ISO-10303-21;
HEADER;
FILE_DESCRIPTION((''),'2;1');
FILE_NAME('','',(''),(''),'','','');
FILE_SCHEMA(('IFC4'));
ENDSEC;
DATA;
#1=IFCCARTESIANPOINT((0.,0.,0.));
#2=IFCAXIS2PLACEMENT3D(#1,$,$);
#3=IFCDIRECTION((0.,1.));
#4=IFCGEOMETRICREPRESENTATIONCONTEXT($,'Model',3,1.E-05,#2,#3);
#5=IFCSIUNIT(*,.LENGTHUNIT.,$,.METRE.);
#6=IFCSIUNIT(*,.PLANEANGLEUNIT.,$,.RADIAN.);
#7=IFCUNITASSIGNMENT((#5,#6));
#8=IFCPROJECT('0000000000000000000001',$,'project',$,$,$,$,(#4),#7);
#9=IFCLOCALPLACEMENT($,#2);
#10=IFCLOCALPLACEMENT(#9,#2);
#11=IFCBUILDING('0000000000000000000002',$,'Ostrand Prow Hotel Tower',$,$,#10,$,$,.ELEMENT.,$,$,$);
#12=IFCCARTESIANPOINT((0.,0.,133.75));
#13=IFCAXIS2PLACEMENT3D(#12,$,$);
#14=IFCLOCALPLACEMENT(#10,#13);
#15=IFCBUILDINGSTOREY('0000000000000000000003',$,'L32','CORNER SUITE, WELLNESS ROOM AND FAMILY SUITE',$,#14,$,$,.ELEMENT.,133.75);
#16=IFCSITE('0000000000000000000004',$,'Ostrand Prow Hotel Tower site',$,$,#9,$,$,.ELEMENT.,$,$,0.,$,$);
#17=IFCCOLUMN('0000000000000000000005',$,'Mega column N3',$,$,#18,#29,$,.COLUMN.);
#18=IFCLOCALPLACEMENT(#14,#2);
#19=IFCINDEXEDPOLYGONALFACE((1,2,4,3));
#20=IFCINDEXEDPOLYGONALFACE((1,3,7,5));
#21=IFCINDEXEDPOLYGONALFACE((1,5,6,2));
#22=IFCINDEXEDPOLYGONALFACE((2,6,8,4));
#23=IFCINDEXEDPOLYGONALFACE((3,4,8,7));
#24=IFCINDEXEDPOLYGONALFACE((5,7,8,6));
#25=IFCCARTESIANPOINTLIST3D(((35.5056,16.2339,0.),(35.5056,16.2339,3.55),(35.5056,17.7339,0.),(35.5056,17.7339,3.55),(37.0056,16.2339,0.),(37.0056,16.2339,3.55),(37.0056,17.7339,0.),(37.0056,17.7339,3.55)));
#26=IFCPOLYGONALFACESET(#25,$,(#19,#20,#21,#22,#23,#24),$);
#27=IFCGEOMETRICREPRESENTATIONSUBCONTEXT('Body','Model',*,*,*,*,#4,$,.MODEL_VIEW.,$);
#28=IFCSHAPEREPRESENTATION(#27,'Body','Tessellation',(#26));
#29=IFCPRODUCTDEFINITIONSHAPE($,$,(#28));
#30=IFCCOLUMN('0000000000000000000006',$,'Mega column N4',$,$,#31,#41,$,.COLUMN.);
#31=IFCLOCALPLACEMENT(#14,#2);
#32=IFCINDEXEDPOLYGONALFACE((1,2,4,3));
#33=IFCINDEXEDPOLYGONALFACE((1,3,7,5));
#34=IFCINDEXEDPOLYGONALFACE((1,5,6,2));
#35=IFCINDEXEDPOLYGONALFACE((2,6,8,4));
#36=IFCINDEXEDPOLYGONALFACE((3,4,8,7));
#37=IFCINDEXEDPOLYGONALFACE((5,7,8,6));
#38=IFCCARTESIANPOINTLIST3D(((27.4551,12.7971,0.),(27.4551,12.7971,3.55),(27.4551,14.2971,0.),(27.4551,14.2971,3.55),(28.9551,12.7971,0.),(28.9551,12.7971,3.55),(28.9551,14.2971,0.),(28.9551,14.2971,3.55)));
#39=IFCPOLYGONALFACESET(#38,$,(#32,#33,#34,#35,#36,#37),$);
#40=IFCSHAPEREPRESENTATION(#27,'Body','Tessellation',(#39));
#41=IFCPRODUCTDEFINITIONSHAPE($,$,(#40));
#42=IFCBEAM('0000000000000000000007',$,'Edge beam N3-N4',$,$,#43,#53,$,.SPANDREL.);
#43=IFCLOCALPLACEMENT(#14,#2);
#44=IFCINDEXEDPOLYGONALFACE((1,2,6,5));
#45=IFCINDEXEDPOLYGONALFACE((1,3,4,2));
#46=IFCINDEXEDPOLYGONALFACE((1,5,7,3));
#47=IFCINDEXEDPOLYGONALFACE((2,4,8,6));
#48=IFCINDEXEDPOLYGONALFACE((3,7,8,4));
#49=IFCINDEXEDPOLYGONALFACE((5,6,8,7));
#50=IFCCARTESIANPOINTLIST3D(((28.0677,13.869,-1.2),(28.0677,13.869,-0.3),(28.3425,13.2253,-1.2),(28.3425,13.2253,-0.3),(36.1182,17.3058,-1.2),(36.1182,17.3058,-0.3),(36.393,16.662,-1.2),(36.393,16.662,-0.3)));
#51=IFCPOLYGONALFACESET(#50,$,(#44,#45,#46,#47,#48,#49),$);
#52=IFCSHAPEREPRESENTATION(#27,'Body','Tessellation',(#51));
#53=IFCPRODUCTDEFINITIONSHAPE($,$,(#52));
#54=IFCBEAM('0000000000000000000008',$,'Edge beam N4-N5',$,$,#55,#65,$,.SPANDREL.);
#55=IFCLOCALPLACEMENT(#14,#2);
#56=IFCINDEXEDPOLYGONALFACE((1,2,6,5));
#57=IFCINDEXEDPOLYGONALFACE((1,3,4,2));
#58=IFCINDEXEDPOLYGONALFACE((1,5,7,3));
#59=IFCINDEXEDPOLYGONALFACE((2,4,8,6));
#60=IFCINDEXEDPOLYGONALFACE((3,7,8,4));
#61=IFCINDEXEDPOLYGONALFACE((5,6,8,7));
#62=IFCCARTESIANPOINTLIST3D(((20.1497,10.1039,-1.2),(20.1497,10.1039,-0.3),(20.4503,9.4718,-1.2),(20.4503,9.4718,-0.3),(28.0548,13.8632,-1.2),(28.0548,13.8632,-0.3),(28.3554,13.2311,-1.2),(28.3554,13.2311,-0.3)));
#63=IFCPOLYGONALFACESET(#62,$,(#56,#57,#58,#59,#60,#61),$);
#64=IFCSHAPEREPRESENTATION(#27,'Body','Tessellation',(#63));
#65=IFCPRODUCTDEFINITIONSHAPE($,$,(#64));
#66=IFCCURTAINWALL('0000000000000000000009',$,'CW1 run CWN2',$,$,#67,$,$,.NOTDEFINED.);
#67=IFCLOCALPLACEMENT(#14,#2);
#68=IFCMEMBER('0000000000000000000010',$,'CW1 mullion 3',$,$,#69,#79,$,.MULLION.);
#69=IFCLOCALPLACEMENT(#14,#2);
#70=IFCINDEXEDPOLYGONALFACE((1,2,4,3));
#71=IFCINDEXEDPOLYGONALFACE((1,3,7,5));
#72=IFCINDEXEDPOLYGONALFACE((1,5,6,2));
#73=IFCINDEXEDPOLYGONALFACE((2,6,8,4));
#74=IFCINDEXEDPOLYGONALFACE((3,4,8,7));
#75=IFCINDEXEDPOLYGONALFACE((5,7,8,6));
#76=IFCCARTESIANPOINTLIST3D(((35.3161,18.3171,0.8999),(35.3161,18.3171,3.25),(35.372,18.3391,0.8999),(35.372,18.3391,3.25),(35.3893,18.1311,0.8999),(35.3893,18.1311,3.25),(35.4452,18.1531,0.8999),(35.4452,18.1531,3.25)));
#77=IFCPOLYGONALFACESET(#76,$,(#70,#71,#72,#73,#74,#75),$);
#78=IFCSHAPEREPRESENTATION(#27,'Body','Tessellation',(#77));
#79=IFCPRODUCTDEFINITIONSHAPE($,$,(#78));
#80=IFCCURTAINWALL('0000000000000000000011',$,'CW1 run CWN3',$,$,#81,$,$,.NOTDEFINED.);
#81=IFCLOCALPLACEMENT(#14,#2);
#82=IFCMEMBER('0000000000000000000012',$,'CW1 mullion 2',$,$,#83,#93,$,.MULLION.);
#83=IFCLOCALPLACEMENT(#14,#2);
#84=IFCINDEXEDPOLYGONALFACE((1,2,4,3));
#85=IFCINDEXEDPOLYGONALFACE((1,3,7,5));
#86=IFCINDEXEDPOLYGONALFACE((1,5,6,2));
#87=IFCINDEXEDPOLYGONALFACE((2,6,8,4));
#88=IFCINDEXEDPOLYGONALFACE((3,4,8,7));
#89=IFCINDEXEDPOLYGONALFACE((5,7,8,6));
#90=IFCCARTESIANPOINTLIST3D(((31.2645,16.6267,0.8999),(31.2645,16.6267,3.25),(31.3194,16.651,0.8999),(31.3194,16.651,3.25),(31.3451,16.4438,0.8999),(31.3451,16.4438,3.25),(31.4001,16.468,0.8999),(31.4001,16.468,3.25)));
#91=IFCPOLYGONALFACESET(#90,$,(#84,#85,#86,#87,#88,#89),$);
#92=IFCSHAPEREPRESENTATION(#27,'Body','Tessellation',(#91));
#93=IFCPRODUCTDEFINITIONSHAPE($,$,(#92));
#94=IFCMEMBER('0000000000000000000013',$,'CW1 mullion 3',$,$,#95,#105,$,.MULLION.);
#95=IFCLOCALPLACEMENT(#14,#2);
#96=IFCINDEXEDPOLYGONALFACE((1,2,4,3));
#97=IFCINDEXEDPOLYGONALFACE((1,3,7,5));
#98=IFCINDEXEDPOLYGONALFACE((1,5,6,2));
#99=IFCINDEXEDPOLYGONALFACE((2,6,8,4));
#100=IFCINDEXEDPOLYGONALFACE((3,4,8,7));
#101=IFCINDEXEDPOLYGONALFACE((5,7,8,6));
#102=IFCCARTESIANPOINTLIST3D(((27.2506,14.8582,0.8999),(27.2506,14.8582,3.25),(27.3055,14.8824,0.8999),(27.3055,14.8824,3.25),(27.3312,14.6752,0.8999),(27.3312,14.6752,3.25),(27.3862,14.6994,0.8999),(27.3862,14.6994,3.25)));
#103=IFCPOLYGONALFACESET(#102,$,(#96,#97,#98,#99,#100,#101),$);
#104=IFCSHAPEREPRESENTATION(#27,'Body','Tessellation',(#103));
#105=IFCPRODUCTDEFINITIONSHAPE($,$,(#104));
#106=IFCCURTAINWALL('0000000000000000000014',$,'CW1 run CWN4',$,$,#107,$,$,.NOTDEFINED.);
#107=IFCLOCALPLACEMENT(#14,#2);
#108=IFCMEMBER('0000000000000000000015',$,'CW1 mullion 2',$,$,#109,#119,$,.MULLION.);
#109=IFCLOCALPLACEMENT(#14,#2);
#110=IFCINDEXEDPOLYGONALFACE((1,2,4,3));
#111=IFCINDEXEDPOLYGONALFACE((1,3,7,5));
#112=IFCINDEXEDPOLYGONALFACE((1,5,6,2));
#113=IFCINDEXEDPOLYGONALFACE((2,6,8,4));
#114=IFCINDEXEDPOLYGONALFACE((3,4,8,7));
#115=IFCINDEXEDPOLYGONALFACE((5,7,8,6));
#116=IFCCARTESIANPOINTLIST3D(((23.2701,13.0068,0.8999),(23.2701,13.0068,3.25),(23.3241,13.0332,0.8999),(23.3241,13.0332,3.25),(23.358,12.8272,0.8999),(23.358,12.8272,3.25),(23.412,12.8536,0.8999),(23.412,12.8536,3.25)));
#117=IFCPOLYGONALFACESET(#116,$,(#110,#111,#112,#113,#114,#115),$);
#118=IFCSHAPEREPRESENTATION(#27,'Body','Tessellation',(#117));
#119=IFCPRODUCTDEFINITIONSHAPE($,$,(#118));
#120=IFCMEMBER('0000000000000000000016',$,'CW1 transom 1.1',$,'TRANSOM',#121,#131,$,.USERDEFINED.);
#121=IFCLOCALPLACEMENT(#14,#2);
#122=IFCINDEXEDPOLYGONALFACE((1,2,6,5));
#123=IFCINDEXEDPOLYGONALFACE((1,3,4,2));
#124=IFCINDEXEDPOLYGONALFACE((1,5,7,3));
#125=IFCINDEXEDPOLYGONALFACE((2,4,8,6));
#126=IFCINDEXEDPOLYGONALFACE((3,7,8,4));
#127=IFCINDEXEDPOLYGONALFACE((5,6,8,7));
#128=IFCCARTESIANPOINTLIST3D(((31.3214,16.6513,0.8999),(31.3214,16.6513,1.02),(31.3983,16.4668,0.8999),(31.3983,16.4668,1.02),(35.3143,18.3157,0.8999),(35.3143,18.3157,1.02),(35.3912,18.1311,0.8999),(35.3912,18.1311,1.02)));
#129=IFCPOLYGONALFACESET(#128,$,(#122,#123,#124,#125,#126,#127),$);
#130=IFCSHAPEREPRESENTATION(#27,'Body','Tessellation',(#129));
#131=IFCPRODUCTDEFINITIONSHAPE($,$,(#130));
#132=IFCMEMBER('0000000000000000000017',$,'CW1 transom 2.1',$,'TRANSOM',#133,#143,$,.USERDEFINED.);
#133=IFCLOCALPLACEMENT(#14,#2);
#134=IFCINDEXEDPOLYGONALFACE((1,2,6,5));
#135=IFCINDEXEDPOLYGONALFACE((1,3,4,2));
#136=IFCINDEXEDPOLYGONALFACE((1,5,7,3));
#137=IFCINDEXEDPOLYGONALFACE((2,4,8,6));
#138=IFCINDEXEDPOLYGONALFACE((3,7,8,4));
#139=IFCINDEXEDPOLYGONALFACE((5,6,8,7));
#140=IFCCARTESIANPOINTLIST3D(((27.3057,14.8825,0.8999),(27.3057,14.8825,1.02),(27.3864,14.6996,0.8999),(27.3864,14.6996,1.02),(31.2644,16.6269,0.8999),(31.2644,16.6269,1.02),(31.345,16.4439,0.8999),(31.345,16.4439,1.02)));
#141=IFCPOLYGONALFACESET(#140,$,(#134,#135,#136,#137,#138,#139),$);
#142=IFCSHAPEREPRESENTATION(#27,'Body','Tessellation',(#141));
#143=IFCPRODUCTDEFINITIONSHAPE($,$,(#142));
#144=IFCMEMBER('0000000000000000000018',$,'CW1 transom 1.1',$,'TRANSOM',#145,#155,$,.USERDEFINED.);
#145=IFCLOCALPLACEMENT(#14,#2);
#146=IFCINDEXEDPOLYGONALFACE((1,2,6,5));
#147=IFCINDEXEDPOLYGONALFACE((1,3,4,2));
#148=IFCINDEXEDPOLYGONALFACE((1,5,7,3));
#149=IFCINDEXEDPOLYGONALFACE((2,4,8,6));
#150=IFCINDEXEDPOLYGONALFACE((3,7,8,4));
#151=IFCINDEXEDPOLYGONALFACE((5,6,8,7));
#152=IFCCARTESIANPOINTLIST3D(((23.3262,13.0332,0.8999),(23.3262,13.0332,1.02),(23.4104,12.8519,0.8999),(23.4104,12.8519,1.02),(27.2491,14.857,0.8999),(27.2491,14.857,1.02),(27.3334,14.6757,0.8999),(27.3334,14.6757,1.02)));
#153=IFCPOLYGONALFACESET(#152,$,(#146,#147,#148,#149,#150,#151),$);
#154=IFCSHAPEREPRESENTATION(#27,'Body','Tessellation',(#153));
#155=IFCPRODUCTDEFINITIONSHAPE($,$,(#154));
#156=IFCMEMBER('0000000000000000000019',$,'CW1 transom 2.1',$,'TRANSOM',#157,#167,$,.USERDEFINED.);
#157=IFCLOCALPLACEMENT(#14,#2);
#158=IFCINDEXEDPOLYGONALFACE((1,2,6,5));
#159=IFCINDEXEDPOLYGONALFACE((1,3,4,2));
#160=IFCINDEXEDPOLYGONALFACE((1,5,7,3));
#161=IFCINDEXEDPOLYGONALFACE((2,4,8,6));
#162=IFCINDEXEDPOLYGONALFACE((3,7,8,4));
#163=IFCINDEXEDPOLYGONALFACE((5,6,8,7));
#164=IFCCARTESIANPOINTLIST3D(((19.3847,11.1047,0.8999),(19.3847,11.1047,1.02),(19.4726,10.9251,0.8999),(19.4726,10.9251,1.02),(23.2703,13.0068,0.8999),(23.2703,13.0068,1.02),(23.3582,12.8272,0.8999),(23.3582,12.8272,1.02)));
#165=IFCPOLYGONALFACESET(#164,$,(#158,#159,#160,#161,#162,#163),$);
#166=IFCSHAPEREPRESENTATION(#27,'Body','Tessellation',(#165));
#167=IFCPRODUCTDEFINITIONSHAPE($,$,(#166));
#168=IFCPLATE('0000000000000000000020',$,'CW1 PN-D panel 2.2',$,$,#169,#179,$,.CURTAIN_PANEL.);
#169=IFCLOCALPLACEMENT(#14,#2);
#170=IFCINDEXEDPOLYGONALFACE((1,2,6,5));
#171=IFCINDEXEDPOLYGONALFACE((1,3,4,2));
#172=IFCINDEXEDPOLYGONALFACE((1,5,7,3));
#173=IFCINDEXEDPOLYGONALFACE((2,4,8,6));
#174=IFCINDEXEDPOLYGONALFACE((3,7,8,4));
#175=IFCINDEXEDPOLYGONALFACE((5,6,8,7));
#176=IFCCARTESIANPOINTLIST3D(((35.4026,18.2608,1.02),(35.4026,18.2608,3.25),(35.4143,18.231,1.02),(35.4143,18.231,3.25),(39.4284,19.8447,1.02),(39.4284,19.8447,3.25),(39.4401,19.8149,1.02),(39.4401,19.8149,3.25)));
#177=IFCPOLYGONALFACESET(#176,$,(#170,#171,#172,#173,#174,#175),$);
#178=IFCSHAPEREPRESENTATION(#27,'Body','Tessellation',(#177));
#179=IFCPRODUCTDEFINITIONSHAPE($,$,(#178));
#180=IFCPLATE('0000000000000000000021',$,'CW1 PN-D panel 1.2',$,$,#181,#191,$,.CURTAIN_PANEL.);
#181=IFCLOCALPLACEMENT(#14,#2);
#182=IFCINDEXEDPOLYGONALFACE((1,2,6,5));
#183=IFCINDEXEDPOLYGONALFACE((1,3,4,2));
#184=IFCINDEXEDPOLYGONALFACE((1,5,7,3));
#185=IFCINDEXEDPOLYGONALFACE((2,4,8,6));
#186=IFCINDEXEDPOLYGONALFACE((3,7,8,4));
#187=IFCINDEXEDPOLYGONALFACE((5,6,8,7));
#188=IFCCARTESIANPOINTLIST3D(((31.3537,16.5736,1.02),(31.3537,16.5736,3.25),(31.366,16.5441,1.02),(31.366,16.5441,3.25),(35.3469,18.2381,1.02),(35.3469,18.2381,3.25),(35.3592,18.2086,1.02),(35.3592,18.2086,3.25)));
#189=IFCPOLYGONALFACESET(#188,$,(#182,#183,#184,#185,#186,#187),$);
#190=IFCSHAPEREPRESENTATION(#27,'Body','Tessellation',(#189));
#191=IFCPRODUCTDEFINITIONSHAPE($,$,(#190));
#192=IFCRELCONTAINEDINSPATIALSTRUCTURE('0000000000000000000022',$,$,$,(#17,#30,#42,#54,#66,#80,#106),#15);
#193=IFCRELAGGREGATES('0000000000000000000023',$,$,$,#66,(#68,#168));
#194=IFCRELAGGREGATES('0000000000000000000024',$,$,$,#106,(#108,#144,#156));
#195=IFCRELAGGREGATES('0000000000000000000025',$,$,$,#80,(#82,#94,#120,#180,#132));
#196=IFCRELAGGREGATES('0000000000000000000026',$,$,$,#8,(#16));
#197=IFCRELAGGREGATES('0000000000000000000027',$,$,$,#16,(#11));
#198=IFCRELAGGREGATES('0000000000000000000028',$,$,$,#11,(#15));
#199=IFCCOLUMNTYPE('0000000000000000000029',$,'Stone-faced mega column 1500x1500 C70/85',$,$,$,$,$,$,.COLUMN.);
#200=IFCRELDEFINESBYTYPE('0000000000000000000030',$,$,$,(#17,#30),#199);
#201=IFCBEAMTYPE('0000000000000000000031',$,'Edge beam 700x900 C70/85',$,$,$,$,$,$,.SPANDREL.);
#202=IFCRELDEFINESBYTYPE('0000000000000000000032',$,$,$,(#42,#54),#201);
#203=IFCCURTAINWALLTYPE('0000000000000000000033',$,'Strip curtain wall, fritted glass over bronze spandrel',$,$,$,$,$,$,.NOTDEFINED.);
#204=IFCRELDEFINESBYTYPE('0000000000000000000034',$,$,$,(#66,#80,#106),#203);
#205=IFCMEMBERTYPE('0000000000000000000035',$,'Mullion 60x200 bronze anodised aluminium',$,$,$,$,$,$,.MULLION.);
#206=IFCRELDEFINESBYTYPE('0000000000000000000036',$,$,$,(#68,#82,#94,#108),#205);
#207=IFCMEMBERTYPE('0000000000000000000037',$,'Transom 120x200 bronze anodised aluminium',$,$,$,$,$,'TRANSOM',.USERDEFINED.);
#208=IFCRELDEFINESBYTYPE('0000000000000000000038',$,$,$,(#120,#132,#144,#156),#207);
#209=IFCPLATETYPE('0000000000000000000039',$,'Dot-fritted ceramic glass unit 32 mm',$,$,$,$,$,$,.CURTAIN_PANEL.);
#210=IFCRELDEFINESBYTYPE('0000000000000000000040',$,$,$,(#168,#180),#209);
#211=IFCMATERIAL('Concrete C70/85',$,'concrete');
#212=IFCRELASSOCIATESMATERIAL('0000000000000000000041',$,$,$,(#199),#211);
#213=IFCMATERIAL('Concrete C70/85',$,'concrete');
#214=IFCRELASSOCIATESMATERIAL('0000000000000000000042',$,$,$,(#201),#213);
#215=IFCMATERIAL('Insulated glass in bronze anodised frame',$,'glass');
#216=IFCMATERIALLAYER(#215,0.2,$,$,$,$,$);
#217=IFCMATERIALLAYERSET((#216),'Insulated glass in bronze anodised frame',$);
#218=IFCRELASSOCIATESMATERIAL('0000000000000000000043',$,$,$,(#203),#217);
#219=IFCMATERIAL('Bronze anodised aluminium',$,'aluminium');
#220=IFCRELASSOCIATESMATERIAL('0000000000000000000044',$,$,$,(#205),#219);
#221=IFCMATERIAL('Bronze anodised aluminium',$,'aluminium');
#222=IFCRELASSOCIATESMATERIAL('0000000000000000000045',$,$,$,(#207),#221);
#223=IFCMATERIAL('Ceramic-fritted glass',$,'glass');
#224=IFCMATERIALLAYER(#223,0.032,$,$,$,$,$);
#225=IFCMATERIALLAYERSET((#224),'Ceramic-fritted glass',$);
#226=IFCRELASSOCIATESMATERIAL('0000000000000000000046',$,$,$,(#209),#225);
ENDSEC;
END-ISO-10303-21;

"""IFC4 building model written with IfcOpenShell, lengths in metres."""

from ifc_helpers import new_model, si_unit, direction, frame, origin, origin_2d, place, context, subcontext, project, spatial, rectangle, extrude, material, layer, layer_set, material_profile, profile_set, type_object, element, aggregate, save


model = new_model("IFC4")

# Units and contexts
model_context = context("Model", 3, precision=1e-05, world=origin(), true_north=direction((0.0, 1.0)))
body_context = subcontext(model_context, "Body", "Model", "MODEL_VIEW")
ifc_project = project(units=[si_unit("LENGTHUNIT", "METRE"), si_unit("PLANEANGLEUNIT", "RADIAN")], contexts=[model_context])

# Site, building, storey
site_placement = place(None, origin())
site = spatial("IfcSite", under=ifc_project, at=site_placement, Name="Ostrand Prow Hotel Tower site", CompositionType="ELEMENT", RefElevation=0.0)
building_placement = place(site_placement, origin())
building = spatial("IfcBuilding", under=site, at=building_placement, Name="Ostrand Prow Hotel Tower", CompositionType="ELEMENT")
storey_placement = place(building_placement, frame((0.0, 0.0, 133.75)))
storey = spatial("IfcBuildingStorey", under=building, at=storey_placement, Name="L32", Description="CORNER SUITE, WELLNESS ROOM AND FAMILY SUITE", CompositionType="ELEMENT", Elevation=133.75)

# Columns
ifc_material_1 = material(Name="Concrete C70/85", Category="concrete")
ifc_material_profile_1 = material_profile(ifc_material_1, rectangle(XDim=1.5, YDim=1.5, at=origin_2d()), Name="RC 1500x1500")
ifc_profile_set_1 = profile_set([ifc_material_profile_1], Name="Concrete C70/85")
column_type = type_object("IfcColumnType", Name="Stone-faced mega column 1500x1500 C70/85", PredefinedType="COLUMN", material=ifc_profile_set_1)
for number, where, z_axis, x_axis, name in (
    (1, (36.2556, 16.9839, 0.0), (0.0, 0.0, 1.0), (1.0, 0.0, 0.0), "Mega column N3"),
    (2, (28.2051, 13.5471, 0.0), (0.0, 0.0, 1.0), (1.0, 0.0, 0.0), "Mega column N4"),
):
    element("IfcColumn", number, at=place(storey_placement, frame(where, z_axis=z_axis, x_axis=x_axis)), inside=storey, type_object=column_type, Name=name, PredefinedType="COLUMN", context=body_context, shape_type="SweptSolid", body=[
        extrude(rectangle(XDim=1.5, YDim=1.5, at=origin_2d()), origin(), (0.0, 0.0, 1.0), 3.55),
    ])

# Beams
ifc_material_2 = material(Name="Concrete C70/85", Category="concrete")
ifc_material_profile_2 = material_profile(ifc_material_2, rectangle(XDim=0.7, YDim=0.8999, at=origin_2d()), Name="RC 700x900")
ifc_profile_set_2 = profile_set([ifc_material_profile_2], Name="Concrete C70/85")
beam_type = type_object("IfcBeamType", Name="Edge beam 700x900 C70/85", PredefinedType="SPANDREL", material=ifc_profile_set_2)
for number, where, z_axis, x_axis, name in (
    (3, (36.2556, 16.9839, -0.75), (-0.919701, -0.39262, 0.0), (0.39262, -0.919701, 0.0), "Edge beam N3-N4"),
    (4, (28.2051, 13.5471, -0.75), (-0.903083, -0.429466, 0.0), (0.429466, -0.903083, 0.0), "Edge beam N4-N5"),
):
    element("IfcBeam", number, at=place(storey_placement, frame(where, z_axis=z_axis, x_axis=x_axis)), inside=storey, type_object=beam_type, Name=name, PredefinedType="SPANDREL", context=body_context, shape_type="SweptSolid", body=[
        extrude(rectangle(XDim=0.7, YDim=0.8999, at=origin_2d()), origin(), (0.0, 0.0, 1.0), 8.7534),
    ])

# Curtain wall, member
ifc_material_3 = material(Name="Insulated glass in bronze anodised frame", Category="glass")
ifc_layer_1 = layer(ifc_material_3, 0.2)
ifc_layer_set_1 = layer_set([ifc_layer_1], Name="Insulated glass in bronze anodised frame")
curtain_wall_type = type_object("IfcCurtainWallType", Name="Strip curtain wall, fritted glass over bronze spandrel", PredefinedType="NOTDEFINED", material=ifc_layer_set_1)
curtain_wall_1_placement = place(storey_placement, origin())
curtain_wall_1 = element("IfcCurtainWall", 5, at=curtain_wall_1_placement, inside=storey, type_object=curtain_wall_type, Name="CW1 run CWN2", PredefinedType="NOTDEFINED")
ifc_material_4 = material(Name="Bronze anodised aluminium", Category="aluminium")
ifc_material_profile_3 = material_profile(ifc_material_4, rectangle(XDim=0.2, YDim=0.0601, at=origin_2d()), Name="Mullion 60x200 bronze anodised aluminium")
ifc_profile_set_3 = profile_set([ifc_material_profile_3], Name="Bronze anodised aluminium")
member_type_1 = type_object("IfcMemberType", Name="Mullion 60x200 bronze anodised aluminium", PredefinedType="MULLION", material=ifc_profile_set_3)
member_1_placement = place(storey_placement, frame((35.3806, 18.2351, 0.8999), z_axis=(0.0, 0.0, 1.0), x_axis=(0.366116, -0.930569, 0.0)))
member_1 = element("IfcMember", 6, at=member_1_placement, type_object=member_type_1, Name="CW1 mullion 3", PredefinedType="MULLION", context=body_context, shape_type="SweptSolid", body=[
    extrude(rectangle(XDim=0.2, YDim=0.0601, at=origin_2d()), origin(), (0.0, 0.0, 1.0), 2.3501),
])

# Curtain wall, members
curtain_wall_2_placement = place(storey_placement, origin())
curtain_wall_2 = element("IfcCurtainWall", 7, at=curtain_wall_2_placement, inside=storey, type_object=curtain_wall_type, Name="CW1 run CWN3", PredefinedType="NOTDEFINED")
member_2_placement = place(storey_placement, frame((31.3323, 16.5474, 0.8999), z_axis=(0.0, 0.0, 1.0), x_axis=(0.403213, -0.915106, 0.0)))
member_2 = element("IfcMember", 8, at=member_2_placement, type_object=member_type_1, Name="CW1 mullion 2", PredefinedType="MULLION", context=body_context, shape_type="SweptSolid", body=[
    extrude(rectangle(XDim=0.2, YDim=0.0601, at=origin_2d()), origin(), (0.0, 0.0, 1.0), 2.3501),
])
member_3_placement = place(storey_placement, frame((27.3184, 14.7788, 0.8999), z_axis=(0.0, 0.0, 1.0), x_axis=(0.403213, -0.915106, 0.0)))
member_3 = element("IfcMember", 9, at=member_3_placement, type_object=member_type_1, Name="CW1 mullion 3", PredefinedType="MULLION", context=body_context, shape_type="SweptSolid", body=[
    extrude(rectangle(XDim=0.2, YDim=0.0601, at=origin_2d()), origin(), (0.0, 0.0, 1.0), 2.3501),
])

# Curtain wall, member
curtain_wall_3_placement = place(storey_placement, origin())
curtain_wall_3 = element("IfcCurtainWall", 10, at=curtain_wall_3_placement, inside=storey, type_object=curtain_wall_type, Name="CW1 run CWN4", PredefinedType="NOTDEFINED")
member_4_placement = place(storey_placement, frame((23.3411, 12.9302, 0.8999), z_axis=(0.0, 0.0, 1.0), x_axis=(0.439659, -0.898165, 0.0)))
member_4 = element("IfcMember", 11, at=member_4_placement, type_object=member_type_1, Name="CW1 mullion 2", PredefinedType="MULLION", context=body_context, shape_type="SweptSolid", body=[
    extrude(rectangle(XDim=0.2, YDim=0.0601, at=origin_2d()), origin(), (0.0, 0.0, 1.0), 2.3501),
])

# Members
ifc_material_5 = material(Name="Bronze anodised aluminium", Category="aluminium")
ifc_material_profile_4 = material_profile(ifc_material_5, rectangle(XDim=0.2, YDim=0.1201, at=origin_2d()), Name="Transom 120x200 bronze anodised aluminium")
ifc_profile_set_4 = profile_set([ifc_material_profile_4], Name="Bronze anodised aluminium")
member_type_2 = type_object("IfcMemberType", Name="Transom 120x200 bronze anodised aluminium", ElementType="TRANSOM", PredefinedType="USERDEFINED", material=ifc_profile_set_4)
member_5_placement = place(storey_placement, frame((35.3528, 18.2234, 0.96), z_axis=(-0.923028, -0.384732, 0.0), x_axis=(0.384732, -0.923028, 0.0)))
member_5 = element("IfcMember", 12, at=member_5_placement, type_object=member_type_2, Name="CW1 transom 1.1", ObjectType="TRANSOM", PredefinedType="USERDEFINED", context=body_context, shape_type="SweptSolid", body=[
    extrude(rectangle(XDim=0.2, YDim=0.1201, at=origin_2d()), origin(), (0.0, 0.0, 1.0), 4.3259),
])
member_6_placement = place(storey_placement, frame((31.3047, 16.5354, 0.96), z_axis=(-0.915099, -0.40323, 0.0), x_axis=(0.40323, -0.915099, 0.0)))
member_6 = element("IfcMember", 13, at=member_6_placement, type_object=member_type_2, Name="CW1 transom 2.1", ObjectType="TRANSOM", PredefinedType="USERDEFINED", context=body_context, shape_type="SweptSolid", body=[
    extrude(rectangle(XDim=0.2, YDim=0.1201, at=origin_2d()), origin(), (0.0, 0.0, 1.0), 4.3259),
])
member_7_placement = place(storey_placement, frame((27.2913, 14.7664, 0.96), z_axis=(-0.906796, -0.421569, 0.0), x_axis=(0.421569, -0.906796, 0.0)))
member_7 = element("IfcMember", 14, at=member_7_placement, type_object=member_type_2, Name="CW1 transom 1.1", ObjectType="TRANSOM", PredefinedType="USERDEFINED", context=body_context, shape_type="SweptSolid", body=[
    extrude(rectangle(XDim=0.2, YDim=0.1201, at=origin_2d()), origin(), (0.0, 0.0, 1.0), 4.3262),
])
member_8_placement = place(storey_placement, frame((23.3142, 12.917, 0.96), z_axis=(-0.898154, -0.439681, 0.0), x_axis=(0.439681, -0.898154, 0.0)))
member_8 = element("IfcMember", 15, at=member_8_placement, type_object=member_type_2, Name="CW1 transom 2.1", ObjectType="TRANSOM", PredefinedType="USERDEFINED", context=body_context, shape_type="SweptSolid", body=[
    extrude(rectangle(XDim=0.2, YDim=0.1201, at=origin_2d()), origin(), (0.0, 0.0, 1.0), 4.3262),
])

# Plates
ifc_material_6 = material(Name="Ceramic-fritted glass", Category="glass")
ifc_layer_2 = layer(ifc_material_6, 0.032)
ifc_layer_set_2 = layer_set([ifc_layer_2], Name="Ceramic-fritted glass")
plate_type_1 = type_object("IfcPlateType", Name="Dot-fritted ceramic glass unit 32 mm", PredefinedType="CURTAIN_PANEL", material=ifc_layer_set_2)
plate_1_placement = place(storey_placement, frame((37.4214, 19.0378, 1.02), z_axis=(0.0, 0.0, 1.0), x_axis=(-0.930569, -0.366116, 0.0)))
plate_1 = element("IfcPlate", 16, at=plate_1_placement, type_object=plate_type_1, Name="CW1 PN-D panel 2.2", PredefinedType="CURTAIN_PANEL", context=body_context, shape_type="SweptSolid", body=[
    extrude(rectangle(XDim=4.3262, YDim=0.032, at=origin_2d()), origin(), (0.0, 0.0, 1.0), 2.23),
])
aggregate(curtain_wall_1, [member_1, plate_1])
plate_2_placement = place(storey_placement, frame((33.3564, 17.3911, 1.02), z_axis=(0.0, 0.0, 1.0), x_axis=(-0.923024, -0.384743, 0.0)))
plate_2 = element("IfcPlate", 17, at=plate_2_placement, type_object=plate_type_1, Name="CW1 PN-D panel 1.2", PredefinedType="CURTAIN_PANEL", context=body_context, shape_type="SweptSolid", body=[
    extrude(rectangle(XDim=4.3262, YDim=0.032, at=origin_2d()), origin(), (0.0, 0.0, 1.0), 2.23),
])
aggregate(curtain_wall_3, [member_4, member_7, member_8])
aggregate(curtain_wall_2, [member_2, member_3, member_5, plate_2, member_6])

save(model, "model.ifc")
